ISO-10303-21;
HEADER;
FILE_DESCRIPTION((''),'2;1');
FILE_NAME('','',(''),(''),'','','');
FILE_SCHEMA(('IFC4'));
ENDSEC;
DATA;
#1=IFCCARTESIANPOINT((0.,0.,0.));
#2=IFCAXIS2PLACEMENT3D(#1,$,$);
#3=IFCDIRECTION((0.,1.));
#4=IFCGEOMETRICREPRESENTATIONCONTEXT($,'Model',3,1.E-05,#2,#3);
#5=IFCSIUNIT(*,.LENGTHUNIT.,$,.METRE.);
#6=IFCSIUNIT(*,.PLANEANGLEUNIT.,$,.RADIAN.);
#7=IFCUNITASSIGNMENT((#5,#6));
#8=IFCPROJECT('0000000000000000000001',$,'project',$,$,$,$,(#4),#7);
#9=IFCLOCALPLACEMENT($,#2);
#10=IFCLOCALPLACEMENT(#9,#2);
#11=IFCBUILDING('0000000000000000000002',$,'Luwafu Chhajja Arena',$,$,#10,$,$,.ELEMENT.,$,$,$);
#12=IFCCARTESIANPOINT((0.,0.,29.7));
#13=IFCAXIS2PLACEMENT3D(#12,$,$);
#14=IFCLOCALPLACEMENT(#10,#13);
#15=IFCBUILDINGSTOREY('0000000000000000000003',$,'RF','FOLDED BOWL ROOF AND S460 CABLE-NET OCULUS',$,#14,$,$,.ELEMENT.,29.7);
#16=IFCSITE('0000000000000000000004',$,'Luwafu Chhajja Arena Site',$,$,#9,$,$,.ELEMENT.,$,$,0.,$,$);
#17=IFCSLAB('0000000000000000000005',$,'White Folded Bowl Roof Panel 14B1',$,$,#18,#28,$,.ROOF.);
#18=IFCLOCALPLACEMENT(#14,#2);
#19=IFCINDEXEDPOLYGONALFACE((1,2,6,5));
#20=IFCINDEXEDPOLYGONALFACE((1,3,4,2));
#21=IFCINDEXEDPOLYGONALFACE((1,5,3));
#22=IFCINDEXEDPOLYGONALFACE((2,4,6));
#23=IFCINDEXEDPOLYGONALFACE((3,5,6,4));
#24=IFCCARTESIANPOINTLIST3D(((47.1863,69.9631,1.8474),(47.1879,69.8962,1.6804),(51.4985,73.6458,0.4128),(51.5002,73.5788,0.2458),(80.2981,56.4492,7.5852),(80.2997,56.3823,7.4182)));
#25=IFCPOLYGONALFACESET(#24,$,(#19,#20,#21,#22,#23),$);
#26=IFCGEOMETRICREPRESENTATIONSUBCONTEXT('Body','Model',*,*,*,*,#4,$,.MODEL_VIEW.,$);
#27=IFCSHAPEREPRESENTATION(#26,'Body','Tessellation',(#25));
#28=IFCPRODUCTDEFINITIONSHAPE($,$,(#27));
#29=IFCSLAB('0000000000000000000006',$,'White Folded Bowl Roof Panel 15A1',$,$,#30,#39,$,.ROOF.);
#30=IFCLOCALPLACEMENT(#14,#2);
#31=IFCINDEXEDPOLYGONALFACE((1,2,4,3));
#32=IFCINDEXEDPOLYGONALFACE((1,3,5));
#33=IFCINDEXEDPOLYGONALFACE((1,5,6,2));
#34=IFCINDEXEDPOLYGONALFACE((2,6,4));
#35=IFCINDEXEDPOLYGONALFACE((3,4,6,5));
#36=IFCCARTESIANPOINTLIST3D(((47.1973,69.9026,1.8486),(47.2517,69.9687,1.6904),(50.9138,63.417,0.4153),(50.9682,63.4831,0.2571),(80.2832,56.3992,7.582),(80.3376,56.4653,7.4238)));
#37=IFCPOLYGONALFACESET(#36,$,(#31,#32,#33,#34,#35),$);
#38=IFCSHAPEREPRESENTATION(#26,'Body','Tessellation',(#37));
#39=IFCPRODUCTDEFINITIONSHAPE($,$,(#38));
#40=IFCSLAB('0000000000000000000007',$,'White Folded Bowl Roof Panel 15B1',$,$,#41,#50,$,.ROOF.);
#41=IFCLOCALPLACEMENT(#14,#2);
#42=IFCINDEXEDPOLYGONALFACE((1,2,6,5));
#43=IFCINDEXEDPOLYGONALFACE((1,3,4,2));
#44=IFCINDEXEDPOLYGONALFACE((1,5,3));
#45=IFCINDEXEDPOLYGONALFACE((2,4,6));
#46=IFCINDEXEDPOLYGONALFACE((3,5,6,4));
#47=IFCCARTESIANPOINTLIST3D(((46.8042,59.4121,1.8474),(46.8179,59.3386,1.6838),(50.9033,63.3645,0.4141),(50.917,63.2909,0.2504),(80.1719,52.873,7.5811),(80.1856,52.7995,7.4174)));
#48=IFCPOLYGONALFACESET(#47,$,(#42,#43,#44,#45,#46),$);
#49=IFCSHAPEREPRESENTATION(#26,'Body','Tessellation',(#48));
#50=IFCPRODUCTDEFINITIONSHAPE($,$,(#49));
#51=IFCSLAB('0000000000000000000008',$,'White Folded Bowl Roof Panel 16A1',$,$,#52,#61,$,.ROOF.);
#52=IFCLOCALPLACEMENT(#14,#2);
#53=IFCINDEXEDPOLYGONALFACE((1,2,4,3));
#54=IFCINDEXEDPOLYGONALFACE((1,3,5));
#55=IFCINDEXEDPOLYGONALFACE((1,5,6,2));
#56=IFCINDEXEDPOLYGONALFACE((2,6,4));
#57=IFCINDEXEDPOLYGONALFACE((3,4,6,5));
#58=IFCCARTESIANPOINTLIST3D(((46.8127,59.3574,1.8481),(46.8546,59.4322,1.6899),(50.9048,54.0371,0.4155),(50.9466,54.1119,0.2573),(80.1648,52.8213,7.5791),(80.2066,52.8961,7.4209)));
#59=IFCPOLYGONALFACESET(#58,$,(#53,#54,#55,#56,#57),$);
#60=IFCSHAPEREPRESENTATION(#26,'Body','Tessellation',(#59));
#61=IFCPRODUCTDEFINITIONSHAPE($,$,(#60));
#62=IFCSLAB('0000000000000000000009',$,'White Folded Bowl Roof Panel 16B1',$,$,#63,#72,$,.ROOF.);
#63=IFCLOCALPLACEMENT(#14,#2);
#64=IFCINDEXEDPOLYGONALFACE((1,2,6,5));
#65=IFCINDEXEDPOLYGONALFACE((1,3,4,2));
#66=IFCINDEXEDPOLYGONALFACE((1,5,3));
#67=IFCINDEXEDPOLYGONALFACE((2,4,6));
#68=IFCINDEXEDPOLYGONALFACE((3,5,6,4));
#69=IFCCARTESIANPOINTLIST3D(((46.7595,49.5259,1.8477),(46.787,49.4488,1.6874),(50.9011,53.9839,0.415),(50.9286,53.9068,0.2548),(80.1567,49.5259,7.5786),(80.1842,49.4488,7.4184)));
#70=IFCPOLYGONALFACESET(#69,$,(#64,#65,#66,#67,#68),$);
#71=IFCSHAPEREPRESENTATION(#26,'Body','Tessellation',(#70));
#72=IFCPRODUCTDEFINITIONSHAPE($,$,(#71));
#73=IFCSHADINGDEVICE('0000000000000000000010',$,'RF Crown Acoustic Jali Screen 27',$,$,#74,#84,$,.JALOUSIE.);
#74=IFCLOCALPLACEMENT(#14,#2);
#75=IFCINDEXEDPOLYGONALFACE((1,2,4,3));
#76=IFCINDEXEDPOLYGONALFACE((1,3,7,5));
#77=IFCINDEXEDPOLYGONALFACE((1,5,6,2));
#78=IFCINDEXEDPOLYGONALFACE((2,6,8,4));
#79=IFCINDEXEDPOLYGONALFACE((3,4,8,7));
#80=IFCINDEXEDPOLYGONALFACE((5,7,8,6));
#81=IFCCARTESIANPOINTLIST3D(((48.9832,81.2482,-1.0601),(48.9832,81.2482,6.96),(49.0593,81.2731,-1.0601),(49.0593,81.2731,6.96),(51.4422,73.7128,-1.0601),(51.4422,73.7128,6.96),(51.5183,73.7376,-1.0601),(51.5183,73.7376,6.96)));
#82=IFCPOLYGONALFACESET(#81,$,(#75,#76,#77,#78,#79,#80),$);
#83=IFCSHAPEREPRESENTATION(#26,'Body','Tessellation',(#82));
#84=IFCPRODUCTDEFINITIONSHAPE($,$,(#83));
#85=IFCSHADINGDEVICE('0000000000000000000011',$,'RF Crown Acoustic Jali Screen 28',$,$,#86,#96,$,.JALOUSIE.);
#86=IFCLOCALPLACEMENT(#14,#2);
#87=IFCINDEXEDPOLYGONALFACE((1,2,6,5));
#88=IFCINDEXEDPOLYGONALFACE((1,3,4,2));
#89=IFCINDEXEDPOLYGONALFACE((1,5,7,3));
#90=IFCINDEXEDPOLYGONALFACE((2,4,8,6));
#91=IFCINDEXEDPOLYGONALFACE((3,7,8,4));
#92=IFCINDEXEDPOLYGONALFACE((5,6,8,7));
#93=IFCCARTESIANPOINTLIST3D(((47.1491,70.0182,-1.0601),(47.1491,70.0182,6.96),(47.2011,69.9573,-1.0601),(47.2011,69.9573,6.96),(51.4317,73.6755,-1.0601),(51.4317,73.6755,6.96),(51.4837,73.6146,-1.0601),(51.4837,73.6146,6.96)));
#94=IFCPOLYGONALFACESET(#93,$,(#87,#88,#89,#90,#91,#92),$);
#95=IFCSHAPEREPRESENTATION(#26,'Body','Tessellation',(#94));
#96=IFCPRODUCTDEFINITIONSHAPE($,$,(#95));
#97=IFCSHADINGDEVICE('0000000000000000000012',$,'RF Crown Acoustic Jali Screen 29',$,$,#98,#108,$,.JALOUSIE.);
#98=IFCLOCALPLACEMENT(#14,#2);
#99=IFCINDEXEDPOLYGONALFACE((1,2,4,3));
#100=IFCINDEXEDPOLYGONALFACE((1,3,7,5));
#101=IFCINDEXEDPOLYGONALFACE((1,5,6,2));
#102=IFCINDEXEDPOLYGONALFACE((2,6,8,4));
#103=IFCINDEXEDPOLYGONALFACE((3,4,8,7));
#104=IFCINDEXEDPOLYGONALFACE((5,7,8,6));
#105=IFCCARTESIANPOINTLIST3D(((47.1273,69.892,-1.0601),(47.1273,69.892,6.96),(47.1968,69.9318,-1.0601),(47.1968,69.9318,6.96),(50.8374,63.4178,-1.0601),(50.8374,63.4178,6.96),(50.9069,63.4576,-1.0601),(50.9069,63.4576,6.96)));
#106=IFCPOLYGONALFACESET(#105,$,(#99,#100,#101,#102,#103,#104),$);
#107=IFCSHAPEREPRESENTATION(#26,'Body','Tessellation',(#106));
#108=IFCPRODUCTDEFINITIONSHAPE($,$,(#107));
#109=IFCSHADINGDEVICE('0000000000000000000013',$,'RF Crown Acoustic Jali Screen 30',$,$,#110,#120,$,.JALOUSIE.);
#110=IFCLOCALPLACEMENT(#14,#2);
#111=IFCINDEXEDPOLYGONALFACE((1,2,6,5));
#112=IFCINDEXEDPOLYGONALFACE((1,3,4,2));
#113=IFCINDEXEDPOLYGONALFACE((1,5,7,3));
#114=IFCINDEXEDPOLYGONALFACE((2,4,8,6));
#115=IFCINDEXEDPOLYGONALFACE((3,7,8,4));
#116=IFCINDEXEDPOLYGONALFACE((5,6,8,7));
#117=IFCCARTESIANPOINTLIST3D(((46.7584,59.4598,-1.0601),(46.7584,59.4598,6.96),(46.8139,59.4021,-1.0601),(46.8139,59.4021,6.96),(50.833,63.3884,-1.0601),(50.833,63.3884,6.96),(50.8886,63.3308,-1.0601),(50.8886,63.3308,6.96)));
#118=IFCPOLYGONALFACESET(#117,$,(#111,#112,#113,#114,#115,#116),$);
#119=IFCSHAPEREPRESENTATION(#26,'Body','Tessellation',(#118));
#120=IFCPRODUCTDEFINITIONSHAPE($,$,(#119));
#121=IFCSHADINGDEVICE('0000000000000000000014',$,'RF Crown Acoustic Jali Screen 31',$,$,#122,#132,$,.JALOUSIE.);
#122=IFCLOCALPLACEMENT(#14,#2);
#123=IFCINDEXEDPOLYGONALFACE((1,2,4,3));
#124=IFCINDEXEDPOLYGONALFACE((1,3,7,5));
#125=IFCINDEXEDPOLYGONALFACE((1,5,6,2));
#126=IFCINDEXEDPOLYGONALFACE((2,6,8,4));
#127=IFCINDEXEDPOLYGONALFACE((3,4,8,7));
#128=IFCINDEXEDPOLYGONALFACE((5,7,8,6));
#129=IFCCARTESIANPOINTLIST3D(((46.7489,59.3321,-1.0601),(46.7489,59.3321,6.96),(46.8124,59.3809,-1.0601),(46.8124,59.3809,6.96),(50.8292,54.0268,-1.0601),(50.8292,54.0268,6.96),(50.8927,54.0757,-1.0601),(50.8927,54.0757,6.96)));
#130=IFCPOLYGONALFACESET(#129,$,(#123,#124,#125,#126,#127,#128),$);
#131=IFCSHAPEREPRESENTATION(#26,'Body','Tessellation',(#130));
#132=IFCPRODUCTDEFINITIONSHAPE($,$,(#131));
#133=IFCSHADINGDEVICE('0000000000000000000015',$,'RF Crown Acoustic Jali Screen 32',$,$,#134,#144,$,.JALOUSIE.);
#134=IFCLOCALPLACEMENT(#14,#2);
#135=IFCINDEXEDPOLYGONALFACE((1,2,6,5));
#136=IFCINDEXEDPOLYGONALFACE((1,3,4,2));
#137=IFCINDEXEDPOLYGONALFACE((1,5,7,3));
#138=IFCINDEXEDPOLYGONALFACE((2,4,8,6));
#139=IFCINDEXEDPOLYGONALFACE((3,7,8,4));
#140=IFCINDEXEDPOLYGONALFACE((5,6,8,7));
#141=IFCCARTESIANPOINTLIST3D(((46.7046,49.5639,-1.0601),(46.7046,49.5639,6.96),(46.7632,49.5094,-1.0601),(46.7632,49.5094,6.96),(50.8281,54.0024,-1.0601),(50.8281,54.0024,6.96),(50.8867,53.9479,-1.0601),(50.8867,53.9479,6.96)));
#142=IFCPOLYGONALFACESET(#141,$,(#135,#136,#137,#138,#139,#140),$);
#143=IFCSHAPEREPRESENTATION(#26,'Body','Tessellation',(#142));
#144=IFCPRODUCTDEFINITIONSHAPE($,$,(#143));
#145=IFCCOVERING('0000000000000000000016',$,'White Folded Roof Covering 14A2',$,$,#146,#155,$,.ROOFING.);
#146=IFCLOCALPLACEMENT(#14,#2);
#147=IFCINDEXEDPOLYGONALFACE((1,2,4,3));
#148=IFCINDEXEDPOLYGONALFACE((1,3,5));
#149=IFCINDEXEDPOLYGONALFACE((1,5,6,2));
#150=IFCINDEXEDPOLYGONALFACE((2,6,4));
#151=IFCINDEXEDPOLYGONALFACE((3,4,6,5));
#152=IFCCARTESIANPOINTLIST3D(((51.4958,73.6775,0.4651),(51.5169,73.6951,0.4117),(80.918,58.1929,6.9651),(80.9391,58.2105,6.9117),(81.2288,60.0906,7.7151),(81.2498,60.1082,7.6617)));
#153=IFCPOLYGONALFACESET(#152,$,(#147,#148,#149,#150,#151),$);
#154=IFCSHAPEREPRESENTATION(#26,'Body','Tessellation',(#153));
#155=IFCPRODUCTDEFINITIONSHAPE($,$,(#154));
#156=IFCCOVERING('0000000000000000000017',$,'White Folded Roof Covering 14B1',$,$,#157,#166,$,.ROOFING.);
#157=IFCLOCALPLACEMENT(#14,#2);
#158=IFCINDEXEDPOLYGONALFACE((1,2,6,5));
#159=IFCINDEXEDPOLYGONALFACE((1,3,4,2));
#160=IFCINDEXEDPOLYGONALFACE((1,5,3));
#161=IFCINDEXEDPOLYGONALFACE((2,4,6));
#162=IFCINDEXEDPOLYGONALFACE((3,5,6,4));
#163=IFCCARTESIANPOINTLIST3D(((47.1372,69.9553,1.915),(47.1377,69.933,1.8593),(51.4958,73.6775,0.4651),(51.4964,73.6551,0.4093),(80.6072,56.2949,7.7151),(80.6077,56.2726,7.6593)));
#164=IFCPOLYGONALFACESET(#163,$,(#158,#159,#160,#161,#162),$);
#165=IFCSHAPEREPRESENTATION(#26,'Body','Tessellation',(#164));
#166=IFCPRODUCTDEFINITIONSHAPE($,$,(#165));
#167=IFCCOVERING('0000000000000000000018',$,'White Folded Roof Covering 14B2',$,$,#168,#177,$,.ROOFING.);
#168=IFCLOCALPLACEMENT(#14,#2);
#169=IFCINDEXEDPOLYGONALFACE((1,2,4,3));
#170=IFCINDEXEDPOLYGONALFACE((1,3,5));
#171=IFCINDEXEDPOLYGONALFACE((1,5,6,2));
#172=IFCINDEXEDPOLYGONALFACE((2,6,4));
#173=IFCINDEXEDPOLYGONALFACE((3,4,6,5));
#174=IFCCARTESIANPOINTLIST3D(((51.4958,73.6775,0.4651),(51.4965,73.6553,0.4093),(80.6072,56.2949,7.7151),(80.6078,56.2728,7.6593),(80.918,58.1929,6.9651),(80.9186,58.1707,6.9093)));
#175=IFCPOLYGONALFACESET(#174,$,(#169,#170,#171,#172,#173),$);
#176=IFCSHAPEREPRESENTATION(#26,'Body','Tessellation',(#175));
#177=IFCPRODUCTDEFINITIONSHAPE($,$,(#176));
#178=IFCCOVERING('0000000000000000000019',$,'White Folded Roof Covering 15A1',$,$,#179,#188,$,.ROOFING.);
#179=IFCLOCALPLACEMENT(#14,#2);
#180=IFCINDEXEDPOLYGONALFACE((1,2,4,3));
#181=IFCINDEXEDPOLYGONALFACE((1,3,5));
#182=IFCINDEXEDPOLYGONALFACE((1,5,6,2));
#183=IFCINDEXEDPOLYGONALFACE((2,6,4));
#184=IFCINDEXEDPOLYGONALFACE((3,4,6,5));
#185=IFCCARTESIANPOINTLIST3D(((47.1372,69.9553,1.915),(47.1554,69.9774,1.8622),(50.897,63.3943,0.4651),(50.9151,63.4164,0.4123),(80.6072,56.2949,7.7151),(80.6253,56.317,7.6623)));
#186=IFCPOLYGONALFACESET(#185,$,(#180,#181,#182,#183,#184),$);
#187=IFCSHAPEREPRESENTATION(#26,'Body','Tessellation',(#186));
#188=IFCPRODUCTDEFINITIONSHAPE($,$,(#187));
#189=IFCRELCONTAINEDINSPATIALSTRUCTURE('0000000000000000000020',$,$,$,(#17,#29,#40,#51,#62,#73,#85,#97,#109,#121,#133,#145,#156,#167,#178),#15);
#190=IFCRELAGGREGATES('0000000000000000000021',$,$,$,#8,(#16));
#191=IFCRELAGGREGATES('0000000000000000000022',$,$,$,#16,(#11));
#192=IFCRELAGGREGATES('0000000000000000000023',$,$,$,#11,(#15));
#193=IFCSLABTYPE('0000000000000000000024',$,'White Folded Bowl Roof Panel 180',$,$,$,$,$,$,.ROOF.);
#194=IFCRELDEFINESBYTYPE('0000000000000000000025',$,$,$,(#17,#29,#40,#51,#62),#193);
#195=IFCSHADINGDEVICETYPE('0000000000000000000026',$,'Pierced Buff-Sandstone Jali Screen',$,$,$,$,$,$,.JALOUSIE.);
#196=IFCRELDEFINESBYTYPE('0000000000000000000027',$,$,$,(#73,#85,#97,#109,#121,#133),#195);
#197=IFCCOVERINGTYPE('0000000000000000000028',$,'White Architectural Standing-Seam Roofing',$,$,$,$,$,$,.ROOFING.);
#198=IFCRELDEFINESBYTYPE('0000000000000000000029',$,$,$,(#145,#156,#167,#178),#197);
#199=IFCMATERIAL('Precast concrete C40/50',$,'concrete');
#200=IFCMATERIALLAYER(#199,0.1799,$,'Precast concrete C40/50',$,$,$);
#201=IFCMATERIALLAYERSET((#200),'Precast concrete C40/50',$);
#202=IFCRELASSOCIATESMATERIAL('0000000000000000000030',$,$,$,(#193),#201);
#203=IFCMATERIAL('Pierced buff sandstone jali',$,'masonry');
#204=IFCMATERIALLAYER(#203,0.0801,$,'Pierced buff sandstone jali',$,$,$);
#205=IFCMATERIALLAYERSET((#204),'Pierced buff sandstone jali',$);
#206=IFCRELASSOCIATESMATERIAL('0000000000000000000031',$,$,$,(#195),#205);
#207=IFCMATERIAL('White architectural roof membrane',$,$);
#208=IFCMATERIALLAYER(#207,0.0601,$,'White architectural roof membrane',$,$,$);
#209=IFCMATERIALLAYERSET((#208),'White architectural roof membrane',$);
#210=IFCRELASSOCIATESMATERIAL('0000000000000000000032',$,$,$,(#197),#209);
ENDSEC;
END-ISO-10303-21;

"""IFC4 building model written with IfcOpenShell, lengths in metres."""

from ifc_helpers import new_model, si_unit, direction, frame, origin, origin_2d, place, context, subcontext, project, spatial, polyline, rectangle, outline, extrude, material, layer, layer_set, type_object, element, save


model = new_model("IFC4")

# Units and contexts
model_context = context("Model", 3, precision=1e-05, world=origin(), true_north=direction((0.0, 1.0)))
body_context = subcontext(model_context, "Body", "Model", "MODEL_VIEW")
ifc_project = project(units=[si_unit("LENGTHUNIT", "METRE"), si_unit("PLANEANGLEUNIT", "RADIAN")], contexts=[model_context])

# Site, building, storey
site_placement = place(None, origin())
site = spatial("IfcSite", under=ifc_project, at=site_placement, Name="Luwafu Chhajja Arena Site", CompositionType="ELEMENT", RefElevation=0.0)
building_placement = place(site_placement, origin())
building = spatial("IfcBuilding", under=site, at=building_placement, Name="Luwafu Chhajja Arena", CompositionType="ELEMENT")
storey_placement = place(building_placement, frame((0.0, 0.0, 29.7)))
storey = spatial("IfcBuildingStorey", under=building, at=storey_placement, Name="RF", Description="FOLDED BOWL ROOF AND S460 CABLE-NET OCULUS", CompositionType="ELEMENT", Elevation=29.7)

# Slabs
ifc_material_1 = material(Name="Precast concrete C40/50", Category="concrete")
ifc_layer_1 = layer(ifc_material_1, 0.1799, Name="Precast concrete C40/50")
ifc_layer_set_1 = layer_set([ifc_layer_1], Name="Precast concrete C40/50")
slab_type = type_object("IfcSlabType", Name="White Folded Bowl Roof Panel 180", PredefinedType="ROOF", material=ifc_layer_set_1)
slab_1_placement = place(storey_placement, frame((51.4985, 73.6458, 0.4128), z_axis=(-0.008979, 0.37208, 0.928157), x_axis=(0.839606, -0.501338, 0.209099)))
element("IfcSlab", 1, at=slab_1_placement, inside=storey, type_object=slab_type, Name="White Folded Bowl Roof Panel 14B1", PredefinedType="ROOF", context=body_context, shape_type="SweptSolid", body=[
    extrude(outline(polyline([(0.0, 0.0), (34.3013, 0.0), (-1.4744, -5.6605), (0.0, 0.0)])), origin(), (0.0, 0.0, -1.0), 0.1799),
])
slab_2_placement = place(storey_placement, frame((47.1973, 69.9026, 1.8486), z_axis=(-0.302447, -0.367668, 0.879401), x_axis=(0.914167, -0.3731, 0.158414)))
element("IfcSlab", 2, at=slab_2_placement, inside=storey, type_object=slab_type, Name="White Folded Bowl Roof Panel 15A1", PredefinedType="ROOF", context=body_context, shape_type="SweptSolid", body=[
    extrude(outline(polyline([(0.0, 0.0), (36.1924, 0.0), (5.5903, -5.1652), (0.0, 0.0)])), origin(), (0.0, 0.0, -1.0), 0.1799),
])
slab_3_placement = place(storey_placement, frame((50.9033, 63.3645, 0.4141), z_axis=(-0.076159, 0.408799, 0.909441), x_axis=(0.917296, -0.328809, 0.224618)))
element("IfcSlab", 3, at=slab_3_placement, inside=storey, type_object=slab_type, Name="White Folded Bowl Roof Panel 15B1", PredefinedType="ROOF", context=body_context, shape_type="SweptSolid", body=[
    extrude(outline(polyline([(0.0, 0.0), (31.9074, 0.0), (-2.1386, -5.4686), (0.0, 0.0)])), origin(), (0.0, 0.0, -1.0), 0.1799),
])
slab_4_placement = place(storey_placement, frame((46.8127, 59.3574, 1.8481), z_axis=(-0.232545, -0.415632, 0.879303), x_axis=(0.967672, -0.189638, 0.166277)))
element("IfcSlab", 4, at=slab_4_placement, inside=storey, type_object=slab_type, Name="White Folded Bowl Roof Panel 16A1", PredefinedType="ROOF", context=body_context, shape_type="SweptSolid", body=[
    extrude(outline(polyline([(0.0, 0.0), (34.4663, 0.0), (4.7305, -4.9725), (0.0, 0.0)])), origin(), (0.0, 0.0, -1.0), 0.1799),
])
slab_5_placement = place(storey_placement, frame((50.9011, 53.9839, 0.415), z_axis=(-0.152837, 0.428211, 0.890661), x_axis=(0.960838, -0.146414, 0.235272)))
element("IfcSlab", 5, at=slab_5_placement, inside=storey, type_object=slab_type, Name="White Folded Bowl Roof Panel 16B1", PredefinedType="ROOF", context=body_context, shape_type="SweptSolid", body=[
    extrude(outline(polyline([(0.0, 0.0), (30.448, 0.0), (-2.9896, -5.4901), (0.0, 0.0)])), origin(), (0.0, 0.0, -1.0), 0.1799),
])

# Shading devices
ifc_material_2 = material(Name="Pierced buff sandstone jali", Category="masonry")
ifc_layer_2 = layer(ifc_material_2, 0.0801, Name="Pierced buff sandstone jali")
ifc_layer_set_2 = layer_set([ifc_layer_2], Name="Pierced buff sandstone jali")
shading_device_type = type_object("IfcShadingDeviceType", Name="Pierced Buff-Sandstone Jali Screen", PredefinedType="JALOUSIE", material=ifc_layer_set_2)
shading_device_1_placement = place(storey_placement, frame((50.2507, 77.4929, -1.0601), z_axis=(0.0, 0.0, 1.0), x_axis=(0.310226, -0.950663, 0.0)))
element("IfcShadingDevice", 6, at=shading_device_1_placement, inside=storey, type_object=shading_device_type, Name="RF Crown Acoustic Jali Screen 27", PredefinedType="JALOUSIE", context=body_context, shape_type="SweptSolid", body=[
    extrude(rectangle(XDim=7.9265, YDim=0.0801, at=origin_2d()), origin(), (0.0, 0.0, 1.0), 8.02),
])
shading_device_2_placement = place(storey_placement, frame((49.3164, 71.8164, -1.0601), z_axis=(0.0, 0.0, 1.0), x_axis=(-0.760439, -0.64941, 0.0)))
element("IfcShadingDevice", 7, at=shading_device_2_placement, inside=storey, type_object=shading_device_type, Name="RF Crown Acoustic Jali Screen 28", PredefinedType="JALOUSIE", context=body_context, shape_type="SweptSolid", body=[
    extrude(rectangle(XDim=5.6318, YDim=0.0801, at=origin_2d()), origin(), (0.0, 0.0, 1.0), 8.02),
])
shading_device_3_placement = place(storey_placement, frame((49.0171, 66.6748, -1.0601), z_axis=(0.0, 0.0, 1.0), x_axis=(0.497201, -0.867635, 0.0)))
element("IfcShadingDevice", 8, at=shading_device_3_placement, inside=storey, type_object=shading_device_type, Name="RF Crown Acoustic Jali Screen 29", PredefinedType="JALOUSIE", context=body_context, shape_type="SweptSolid", body=[
    extrude(rectangle(XDim=7.4619, YDim=0.0801, at=origin_2d()), origin(), (0.0, 0.0, 1.0), 8.02),
])
shading_device_4_placement = place(storey_placement, frame((48.8235, 61.3953, -1.0601), z_axis=(0.0, 0.0, 1.0), x_axis=(-0.719888, -0.69409, 0.0)))
element("IfcShadingDevice", 9, at=shading_device_4_placement, inside=storey, type_object=shading_device_type, Name="RF Crown Acoustic Jali Screen 30", PredefinedType="JALOUSIE", context=body_context, shape_type="SweptSolid", body=[
    extrude(rectangle(XDim=5.6602, YDim=0.0801, at=origin_2d()), origin(), (0.0, 0.0, 1.0), 8.02),
])
shading_device_5_placement = place(storey_placement, frame((48.8208, 56.7039, -1.0601), z_axis=(0.0, 0.0, 1.0), x_axis=(0.609653, -0.792668, 0.0)))
element("IfcShadingDevice", 10, at=shading_device_5_placement, inside=storey, type_object=shading_device_type, Name="RF Crown Acoustic Jali Screen 31", PredefinedType="JALOUSIE", context=body_context, shape_type="SweptSolid", body=[
    extrude(rectangle(XDim=6.6929, YDim=0.0801, at=origin_2d()), origin(), (0.0, 0.0, 1.0), 8.02),
])
shading_device_6_placement = place(storey_placement, frame((48.7957, 51.7559, -1.0601), z_axis=(0.0, 0.0, 1.0), x_axis=(-0.680631, -0.732626, 0.0)))
element("IfcShadingDevice", 11, at=shading_device_6_placement, inside=storey, type_object=shading_device_type, Name="RF Crown Acoustic Jali Screen 32", PredefinedType="JALOUSIE", context=body_context, shape_type="SweptSolid", body=[
    extrude(rectangle(XDim=6.0583, YDim=0.0801, at=origin_2d()), origin(), (0.0, 0.0, 1.0), 8.02),
])

# Coverings
ifc_material_3 = material(Name="White architectural roof membrane")
ifc_layer_3 = layer(ifc_material_3, 0.0601, Name="White architectural roof membrane")
ifc_layer_set_3 = layer_set([ifc_layer_3], Name="White architectural roof membrane")
covering_type = type_object("IfcCoveringType", Name="White Architectural Standing-Seam Roofing", PredefinedType="ROOFING", material=ifc_layer_set_3)
covering_1_placement = place(storey_placement, frame((51.4958, 73.6775, 0.4651), z_axis=(-0.351068, -0.293866, 0.889041), x_axis=(0.868486, -0.457077, 0.191868)))
element("IfcCovering", 12, at=covering_1_placement, inside=storey, type_object=covering_type, Name="White Folded Roof Covering 14A2", PredefinedType="ROOFING", context=body_context, shape_type="SweptSolid", body=[
    extrude(outline(polyline([(0.0, 0.0), (33.8775, 0.0), (33.4239, 2.0136), (0.0, 0.0)])), origin(), (0.0, 0.0, -1.0), 0.0601),
])
covering_2_placement = place(storey_placement, frame((51.4958, 73.6775, 0.4651), z_axis=(-0.008982, 0.372077, 0.928158), x_axis=(-0.737223, -0.629569, 0.245245)))
element("IfcCovering", 13, at=covering_2_placement, inside=storey, type_object=covering_type, Name="White Folded Roof Covering 14B1", PredefinedType="ROOFING", context=body_context, shape_type="SweptSolid", body=[
    extrude(outline(polyline([(0.0, 0.0), (5.9122, 0.0), (-8.74, 33.5529), (0.0, 0.0)])), origin(), (0.0, 0.0, -1.0), 0.0601),
])
covering_3_placement = place(storey_placement, frame((51.4958, 73.6775, 0.4651), z_axis=(-0.011081, 0.369056, 0.929341), x_axis=(0.839607, -0.501335, 0.209099)))
element("IfcCovering", 14, at=covering_3_placement, inside=storey, type_object=covering_type, Name="White Folded Roof Covering 14B2", PredefinedType="ROOFING", context=body_context, shape_type="SweptSolid", body=[
    extrude(outline(polyline([(0.0, 0.0), (34.6725, 0.0), (33.8252, 1.8823), (0.0, 0.0)])), origin(), (0.0, 0.0, -1.0), 0.0601),
])
covering_4_placement = place(storey_placement, frame((47.1372, 69.9553, 1.915), z_axis=(-0.302449, -0.36766, 0.879404), x_axis=(0.4883, -0.852116, -0.188313)))
element("IfcCovering", 15, at=covering_4_placement, inside=storey, type_object=covering_type, Name="White Folded Roof Covering 15A1", PredefinedType="ROOFING", context=body_context, shape_type="SweptSolid", body=[
    extrude(outline(polyline([(0.0, 0.0), (7.6997, 0.0), (26.8914, 24.8463), (0.0, 0.0)])), origin(), (0.0, 0.0, -1.0), 0.0601),
])

save(model, "model.ifc")
